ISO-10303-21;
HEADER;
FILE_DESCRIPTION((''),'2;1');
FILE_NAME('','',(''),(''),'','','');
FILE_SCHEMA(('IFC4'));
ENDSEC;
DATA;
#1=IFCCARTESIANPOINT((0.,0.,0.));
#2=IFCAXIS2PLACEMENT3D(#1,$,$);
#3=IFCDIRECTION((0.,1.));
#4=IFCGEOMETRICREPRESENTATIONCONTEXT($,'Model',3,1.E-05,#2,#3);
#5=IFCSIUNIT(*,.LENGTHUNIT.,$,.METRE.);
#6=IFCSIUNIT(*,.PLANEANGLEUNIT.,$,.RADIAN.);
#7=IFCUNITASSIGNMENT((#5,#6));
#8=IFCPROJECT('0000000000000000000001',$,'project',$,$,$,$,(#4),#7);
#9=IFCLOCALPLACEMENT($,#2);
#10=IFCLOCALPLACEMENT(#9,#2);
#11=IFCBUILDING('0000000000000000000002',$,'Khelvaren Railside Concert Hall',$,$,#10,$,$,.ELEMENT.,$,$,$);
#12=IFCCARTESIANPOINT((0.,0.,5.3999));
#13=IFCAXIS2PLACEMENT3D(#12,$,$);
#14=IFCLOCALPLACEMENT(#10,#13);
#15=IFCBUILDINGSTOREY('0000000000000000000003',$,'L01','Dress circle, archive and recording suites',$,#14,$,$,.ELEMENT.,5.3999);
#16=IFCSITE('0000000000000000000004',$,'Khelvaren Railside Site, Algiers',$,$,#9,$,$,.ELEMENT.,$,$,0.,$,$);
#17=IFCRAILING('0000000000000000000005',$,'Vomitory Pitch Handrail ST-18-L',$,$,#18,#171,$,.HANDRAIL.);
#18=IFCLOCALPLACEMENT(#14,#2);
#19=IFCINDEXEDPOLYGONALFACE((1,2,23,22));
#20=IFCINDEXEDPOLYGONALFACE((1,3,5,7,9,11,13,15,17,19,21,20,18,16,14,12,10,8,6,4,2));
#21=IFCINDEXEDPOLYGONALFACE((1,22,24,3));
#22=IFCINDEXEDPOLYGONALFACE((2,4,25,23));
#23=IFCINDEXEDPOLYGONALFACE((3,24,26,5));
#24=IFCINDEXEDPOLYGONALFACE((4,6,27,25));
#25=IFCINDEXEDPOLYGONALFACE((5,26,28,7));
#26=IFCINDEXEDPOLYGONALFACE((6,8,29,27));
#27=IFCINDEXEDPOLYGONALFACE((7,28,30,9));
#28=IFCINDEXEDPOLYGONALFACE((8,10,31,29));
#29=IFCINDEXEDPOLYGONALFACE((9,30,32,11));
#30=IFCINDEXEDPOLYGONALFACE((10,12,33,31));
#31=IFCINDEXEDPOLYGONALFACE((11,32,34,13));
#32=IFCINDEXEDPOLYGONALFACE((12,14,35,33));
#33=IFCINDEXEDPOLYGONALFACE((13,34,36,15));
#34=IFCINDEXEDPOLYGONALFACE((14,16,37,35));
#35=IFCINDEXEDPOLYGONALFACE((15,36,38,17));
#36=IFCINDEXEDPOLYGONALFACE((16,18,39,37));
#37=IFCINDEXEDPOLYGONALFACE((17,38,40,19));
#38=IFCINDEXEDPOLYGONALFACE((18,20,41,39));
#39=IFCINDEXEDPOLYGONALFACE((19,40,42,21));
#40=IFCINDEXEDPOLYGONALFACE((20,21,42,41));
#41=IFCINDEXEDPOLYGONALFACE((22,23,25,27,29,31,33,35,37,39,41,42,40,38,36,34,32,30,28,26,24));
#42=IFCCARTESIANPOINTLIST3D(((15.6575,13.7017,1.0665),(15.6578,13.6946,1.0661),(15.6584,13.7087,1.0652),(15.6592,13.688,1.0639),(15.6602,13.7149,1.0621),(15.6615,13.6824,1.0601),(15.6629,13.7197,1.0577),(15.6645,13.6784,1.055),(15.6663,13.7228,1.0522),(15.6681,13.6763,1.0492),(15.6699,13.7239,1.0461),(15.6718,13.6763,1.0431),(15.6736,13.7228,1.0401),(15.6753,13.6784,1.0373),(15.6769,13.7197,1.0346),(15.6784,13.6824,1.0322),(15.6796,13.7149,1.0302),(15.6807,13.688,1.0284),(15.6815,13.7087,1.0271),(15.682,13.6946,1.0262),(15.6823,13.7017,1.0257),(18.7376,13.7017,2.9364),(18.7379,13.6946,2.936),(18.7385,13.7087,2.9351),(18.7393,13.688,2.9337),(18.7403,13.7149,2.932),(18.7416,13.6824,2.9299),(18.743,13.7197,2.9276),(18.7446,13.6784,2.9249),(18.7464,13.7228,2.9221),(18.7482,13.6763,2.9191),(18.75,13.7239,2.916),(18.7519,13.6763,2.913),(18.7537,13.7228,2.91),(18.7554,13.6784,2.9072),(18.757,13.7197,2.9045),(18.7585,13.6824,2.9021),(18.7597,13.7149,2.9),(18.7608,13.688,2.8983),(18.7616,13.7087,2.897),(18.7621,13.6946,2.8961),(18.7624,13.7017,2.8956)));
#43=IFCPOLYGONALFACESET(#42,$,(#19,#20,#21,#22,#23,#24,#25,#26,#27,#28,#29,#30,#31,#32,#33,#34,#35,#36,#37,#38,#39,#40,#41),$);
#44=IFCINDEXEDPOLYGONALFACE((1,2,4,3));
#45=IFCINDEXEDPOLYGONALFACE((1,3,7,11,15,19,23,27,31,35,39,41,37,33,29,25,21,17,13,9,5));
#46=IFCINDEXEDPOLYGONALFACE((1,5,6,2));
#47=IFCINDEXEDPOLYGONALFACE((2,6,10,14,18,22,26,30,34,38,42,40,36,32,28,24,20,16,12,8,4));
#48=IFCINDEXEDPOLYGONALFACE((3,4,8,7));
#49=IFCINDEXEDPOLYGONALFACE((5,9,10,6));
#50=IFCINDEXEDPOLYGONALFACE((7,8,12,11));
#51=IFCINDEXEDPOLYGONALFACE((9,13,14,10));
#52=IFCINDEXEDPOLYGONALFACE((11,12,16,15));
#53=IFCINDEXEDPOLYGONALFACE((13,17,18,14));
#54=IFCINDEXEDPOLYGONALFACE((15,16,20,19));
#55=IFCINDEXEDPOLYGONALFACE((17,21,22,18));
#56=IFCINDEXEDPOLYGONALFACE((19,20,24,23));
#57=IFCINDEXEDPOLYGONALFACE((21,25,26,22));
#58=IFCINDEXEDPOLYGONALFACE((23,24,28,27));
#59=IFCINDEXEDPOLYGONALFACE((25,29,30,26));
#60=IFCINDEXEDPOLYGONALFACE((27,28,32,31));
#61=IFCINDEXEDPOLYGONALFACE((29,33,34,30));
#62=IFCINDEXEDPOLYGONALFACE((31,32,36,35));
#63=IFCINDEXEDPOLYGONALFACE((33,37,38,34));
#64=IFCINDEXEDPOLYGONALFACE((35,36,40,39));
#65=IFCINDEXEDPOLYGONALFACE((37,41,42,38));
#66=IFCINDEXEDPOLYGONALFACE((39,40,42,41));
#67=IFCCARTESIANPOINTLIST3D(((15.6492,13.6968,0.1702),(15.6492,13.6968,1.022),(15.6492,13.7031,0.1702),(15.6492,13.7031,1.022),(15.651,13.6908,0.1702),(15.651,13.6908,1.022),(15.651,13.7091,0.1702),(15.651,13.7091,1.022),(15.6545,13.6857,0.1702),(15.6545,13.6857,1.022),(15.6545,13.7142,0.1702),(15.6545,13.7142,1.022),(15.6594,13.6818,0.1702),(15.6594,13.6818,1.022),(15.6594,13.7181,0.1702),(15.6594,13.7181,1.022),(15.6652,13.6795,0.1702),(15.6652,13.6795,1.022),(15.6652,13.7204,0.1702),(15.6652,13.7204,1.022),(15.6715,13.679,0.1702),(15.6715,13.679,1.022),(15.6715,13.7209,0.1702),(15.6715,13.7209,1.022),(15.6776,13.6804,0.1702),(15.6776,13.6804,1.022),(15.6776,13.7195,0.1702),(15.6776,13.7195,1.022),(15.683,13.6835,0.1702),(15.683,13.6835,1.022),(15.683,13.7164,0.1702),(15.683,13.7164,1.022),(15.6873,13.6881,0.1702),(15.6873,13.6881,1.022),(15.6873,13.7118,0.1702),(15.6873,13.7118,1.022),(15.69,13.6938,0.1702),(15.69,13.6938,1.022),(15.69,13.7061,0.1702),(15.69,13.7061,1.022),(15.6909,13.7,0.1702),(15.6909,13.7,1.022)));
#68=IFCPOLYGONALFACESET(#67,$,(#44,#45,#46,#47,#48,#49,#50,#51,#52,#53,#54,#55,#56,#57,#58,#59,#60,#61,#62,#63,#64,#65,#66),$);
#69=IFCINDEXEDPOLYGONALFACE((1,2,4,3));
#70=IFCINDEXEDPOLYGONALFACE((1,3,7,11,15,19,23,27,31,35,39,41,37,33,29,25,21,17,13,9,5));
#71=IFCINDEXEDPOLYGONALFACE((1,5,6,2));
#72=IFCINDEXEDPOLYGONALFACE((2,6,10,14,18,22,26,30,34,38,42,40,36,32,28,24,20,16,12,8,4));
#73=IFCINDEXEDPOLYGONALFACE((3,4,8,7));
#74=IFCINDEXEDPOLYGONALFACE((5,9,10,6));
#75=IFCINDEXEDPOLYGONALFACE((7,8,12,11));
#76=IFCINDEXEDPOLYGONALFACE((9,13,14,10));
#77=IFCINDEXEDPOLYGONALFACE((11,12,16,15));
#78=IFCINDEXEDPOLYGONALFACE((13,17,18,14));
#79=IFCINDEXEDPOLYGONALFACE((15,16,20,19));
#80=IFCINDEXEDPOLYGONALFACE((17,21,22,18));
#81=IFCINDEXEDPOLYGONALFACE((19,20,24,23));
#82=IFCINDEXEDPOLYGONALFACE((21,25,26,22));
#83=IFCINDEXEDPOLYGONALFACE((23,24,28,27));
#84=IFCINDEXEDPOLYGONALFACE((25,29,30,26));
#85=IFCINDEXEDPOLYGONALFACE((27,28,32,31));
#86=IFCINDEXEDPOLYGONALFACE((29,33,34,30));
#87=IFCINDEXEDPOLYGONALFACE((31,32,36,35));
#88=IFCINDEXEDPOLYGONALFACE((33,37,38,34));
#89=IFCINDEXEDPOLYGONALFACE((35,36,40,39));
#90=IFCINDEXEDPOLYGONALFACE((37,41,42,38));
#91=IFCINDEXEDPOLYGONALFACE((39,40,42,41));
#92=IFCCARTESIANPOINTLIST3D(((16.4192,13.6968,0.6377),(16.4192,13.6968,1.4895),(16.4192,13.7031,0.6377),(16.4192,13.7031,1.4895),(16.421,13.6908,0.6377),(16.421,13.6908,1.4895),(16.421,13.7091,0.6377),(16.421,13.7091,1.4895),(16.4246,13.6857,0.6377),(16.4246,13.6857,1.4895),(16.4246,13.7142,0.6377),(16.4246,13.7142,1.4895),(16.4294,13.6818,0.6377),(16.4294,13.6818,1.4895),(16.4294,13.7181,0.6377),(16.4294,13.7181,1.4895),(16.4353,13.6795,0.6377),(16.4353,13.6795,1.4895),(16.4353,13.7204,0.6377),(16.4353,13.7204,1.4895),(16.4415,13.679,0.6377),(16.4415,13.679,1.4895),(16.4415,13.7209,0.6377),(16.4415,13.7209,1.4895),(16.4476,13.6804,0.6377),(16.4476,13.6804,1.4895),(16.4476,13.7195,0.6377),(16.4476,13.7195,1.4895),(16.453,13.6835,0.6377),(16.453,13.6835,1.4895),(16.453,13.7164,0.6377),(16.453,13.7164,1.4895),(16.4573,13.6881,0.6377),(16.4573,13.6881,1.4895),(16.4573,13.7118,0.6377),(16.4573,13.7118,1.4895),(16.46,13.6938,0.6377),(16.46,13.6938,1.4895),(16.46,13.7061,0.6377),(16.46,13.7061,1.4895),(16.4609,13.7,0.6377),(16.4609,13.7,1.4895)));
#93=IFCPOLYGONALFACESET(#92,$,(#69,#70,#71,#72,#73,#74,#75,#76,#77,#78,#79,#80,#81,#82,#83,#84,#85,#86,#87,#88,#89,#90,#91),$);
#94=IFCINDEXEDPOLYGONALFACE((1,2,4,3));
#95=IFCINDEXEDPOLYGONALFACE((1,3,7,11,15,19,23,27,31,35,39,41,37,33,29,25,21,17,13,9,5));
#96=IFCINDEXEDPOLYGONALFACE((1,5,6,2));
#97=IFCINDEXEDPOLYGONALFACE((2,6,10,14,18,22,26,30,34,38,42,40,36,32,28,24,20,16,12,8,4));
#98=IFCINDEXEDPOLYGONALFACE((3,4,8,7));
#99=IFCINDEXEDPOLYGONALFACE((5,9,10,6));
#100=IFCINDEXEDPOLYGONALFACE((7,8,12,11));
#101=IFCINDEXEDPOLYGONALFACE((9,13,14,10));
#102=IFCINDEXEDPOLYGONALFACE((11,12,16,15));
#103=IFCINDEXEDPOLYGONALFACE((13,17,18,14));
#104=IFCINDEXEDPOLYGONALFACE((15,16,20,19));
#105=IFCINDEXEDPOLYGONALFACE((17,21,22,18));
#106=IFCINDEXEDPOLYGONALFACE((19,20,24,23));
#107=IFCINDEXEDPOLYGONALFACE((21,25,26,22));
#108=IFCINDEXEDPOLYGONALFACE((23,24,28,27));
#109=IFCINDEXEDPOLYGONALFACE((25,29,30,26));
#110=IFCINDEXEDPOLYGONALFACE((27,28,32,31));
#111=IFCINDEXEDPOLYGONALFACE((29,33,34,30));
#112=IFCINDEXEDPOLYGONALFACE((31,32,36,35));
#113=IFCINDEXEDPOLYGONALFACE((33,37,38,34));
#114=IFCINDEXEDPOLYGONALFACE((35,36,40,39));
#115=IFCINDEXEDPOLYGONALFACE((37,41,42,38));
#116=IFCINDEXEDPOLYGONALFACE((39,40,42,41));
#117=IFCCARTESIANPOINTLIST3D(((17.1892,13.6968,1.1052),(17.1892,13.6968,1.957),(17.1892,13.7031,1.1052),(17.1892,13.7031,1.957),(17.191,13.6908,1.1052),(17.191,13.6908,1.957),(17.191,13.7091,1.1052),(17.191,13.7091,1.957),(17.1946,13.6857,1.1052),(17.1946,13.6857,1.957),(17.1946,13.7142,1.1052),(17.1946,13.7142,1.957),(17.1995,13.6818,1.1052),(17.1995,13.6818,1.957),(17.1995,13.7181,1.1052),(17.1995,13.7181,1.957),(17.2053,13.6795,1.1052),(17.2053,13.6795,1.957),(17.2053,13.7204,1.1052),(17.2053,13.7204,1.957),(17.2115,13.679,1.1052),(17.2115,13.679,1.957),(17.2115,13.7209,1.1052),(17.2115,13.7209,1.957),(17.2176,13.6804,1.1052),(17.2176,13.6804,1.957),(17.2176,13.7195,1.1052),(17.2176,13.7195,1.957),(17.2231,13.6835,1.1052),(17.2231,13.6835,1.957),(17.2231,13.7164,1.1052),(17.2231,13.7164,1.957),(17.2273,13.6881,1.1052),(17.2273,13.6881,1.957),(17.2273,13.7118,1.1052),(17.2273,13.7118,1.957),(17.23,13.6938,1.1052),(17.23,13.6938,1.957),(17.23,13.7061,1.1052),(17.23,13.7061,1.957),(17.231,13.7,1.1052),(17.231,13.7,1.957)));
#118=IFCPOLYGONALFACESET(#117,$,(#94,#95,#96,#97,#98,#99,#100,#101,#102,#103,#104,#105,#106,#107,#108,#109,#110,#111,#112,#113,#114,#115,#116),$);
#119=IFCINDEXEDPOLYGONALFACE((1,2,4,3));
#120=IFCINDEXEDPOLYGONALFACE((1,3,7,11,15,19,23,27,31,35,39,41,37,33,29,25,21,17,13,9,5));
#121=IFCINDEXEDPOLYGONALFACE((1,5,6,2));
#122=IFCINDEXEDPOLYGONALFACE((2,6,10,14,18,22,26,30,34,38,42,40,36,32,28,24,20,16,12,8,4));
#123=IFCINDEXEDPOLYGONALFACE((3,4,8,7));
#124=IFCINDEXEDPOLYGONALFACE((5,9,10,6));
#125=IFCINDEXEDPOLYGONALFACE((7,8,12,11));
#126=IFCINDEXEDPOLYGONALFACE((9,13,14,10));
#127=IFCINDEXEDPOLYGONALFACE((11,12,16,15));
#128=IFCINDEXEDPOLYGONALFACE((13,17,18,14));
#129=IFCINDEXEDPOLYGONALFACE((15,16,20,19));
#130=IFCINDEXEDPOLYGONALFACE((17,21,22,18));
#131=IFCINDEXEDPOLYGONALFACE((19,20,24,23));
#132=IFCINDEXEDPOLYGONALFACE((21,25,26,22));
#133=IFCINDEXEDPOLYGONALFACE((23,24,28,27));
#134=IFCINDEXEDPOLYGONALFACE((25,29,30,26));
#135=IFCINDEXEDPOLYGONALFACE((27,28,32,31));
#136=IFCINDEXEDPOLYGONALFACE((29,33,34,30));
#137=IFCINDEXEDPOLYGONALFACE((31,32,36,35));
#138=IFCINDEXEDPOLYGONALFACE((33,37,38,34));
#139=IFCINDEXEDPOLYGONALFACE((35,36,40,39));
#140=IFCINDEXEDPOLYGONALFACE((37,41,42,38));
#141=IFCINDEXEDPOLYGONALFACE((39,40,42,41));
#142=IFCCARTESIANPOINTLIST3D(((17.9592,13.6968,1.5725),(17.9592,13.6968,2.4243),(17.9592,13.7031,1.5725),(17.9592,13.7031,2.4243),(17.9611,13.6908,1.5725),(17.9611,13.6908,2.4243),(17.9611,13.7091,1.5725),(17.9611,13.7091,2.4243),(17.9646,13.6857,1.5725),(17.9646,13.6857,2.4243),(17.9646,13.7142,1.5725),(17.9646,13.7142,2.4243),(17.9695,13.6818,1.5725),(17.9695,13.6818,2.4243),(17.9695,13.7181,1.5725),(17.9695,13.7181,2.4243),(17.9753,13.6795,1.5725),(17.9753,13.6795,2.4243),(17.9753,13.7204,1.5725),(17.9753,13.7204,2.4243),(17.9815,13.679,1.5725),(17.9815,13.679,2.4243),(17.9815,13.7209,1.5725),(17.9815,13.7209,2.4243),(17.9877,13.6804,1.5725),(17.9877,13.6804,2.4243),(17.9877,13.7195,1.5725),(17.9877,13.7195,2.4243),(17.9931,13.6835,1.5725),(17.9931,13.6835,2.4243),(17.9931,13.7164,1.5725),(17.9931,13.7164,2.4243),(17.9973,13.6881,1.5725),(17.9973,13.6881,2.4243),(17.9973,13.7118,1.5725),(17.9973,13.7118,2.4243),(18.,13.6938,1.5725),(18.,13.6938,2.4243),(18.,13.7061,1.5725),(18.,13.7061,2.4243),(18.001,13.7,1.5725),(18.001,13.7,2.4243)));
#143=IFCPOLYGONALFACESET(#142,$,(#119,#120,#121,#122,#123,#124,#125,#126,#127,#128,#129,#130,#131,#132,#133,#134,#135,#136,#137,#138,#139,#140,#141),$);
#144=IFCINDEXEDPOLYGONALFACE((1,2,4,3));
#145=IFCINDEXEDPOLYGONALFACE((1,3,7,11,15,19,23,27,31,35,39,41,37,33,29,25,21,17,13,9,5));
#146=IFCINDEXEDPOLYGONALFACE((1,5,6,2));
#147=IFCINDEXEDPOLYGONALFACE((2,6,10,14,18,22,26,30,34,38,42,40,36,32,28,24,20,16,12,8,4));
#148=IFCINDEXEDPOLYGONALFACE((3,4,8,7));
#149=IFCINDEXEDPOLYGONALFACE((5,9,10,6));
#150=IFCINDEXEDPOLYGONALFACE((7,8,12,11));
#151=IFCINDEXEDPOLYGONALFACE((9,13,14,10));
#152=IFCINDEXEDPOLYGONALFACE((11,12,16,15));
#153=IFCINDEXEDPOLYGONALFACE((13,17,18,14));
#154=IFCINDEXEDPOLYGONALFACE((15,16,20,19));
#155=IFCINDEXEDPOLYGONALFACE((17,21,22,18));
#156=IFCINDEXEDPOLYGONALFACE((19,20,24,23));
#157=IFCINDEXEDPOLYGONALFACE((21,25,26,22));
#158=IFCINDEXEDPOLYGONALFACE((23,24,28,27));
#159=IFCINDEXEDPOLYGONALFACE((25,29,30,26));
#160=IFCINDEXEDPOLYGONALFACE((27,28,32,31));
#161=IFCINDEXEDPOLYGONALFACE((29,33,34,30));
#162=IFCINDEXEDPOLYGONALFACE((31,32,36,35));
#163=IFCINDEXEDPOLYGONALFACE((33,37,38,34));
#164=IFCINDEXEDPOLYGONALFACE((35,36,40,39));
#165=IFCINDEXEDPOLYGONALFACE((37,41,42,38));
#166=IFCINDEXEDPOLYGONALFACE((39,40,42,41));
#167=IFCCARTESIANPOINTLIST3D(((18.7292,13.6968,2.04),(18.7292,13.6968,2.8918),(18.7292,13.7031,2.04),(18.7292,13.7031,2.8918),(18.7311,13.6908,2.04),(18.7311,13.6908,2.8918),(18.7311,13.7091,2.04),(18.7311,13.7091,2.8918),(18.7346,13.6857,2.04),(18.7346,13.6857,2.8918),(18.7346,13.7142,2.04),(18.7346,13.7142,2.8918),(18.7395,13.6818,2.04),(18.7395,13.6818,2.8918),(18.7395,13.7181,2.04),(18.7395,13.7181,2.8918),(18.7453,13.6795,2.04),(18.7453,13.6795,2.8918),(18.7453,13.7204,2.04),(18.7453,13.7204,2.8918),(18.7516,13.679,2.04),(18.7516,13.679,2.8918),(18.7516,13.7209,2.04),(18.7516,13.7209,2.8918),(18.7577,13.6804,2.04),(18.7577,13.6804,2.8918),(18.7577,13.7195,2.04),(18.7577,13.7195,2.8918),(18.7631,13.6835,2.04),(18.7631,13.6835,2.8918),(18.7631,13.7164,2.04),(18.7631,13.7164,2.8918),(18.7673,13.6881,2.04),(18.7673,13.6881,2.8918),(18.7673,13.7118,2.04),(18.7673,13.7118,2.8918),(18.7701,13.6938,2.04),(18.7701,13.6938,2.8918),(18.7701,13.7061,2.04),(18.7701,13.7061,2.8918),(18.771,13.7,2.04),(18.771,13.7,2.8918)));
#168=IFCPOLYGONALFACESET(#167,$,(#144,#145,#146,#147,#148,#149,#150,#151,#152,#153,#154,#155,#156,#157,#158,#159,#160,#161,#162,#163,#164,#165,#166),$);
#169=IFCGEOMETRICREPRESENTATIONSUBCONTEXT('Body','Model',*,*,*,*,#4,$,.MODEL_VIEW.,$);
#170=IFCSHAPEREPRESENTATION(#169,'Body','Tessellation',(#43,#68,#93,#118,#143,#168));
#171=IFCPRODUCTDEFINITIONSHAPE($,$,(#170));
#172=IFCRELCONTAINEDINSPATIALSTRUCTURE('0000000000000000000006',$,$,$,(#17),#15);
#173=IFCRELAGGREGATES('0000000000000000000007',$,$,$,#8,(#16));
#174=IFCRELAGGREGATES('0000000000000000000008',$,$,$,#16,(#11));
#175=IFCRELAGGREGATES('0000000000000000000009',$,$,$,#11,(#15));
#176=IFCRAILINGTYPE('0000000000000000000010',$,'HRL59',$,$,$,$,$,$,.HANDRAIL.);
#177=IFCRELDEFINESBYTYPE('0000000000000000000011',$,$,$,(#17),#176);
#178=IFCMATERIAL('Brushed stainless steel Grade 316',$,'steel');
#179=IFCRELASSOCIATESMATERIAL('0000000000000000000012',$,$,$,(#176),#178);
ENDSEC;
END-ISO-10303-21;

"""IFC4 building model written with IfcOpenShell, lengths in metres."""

from ifc_helpers import new_model, si_unit, direction, frame, origin, origin_2d, place, context, subcontext, project, spatial, circle, extrude, material, type_object, element, save


model = new_model("IFC4")

# Units and contexts
model_context = context("Model", 3, precision=1e-05, world=origin(), true_north=direction((0.0, 1.0)))
body_context = subcontext(model_context, "Body", "Model", "MODEL_VIEW")
ifc_project = project(units=[si_unit("LENGTHUNIT", "METRE"), si_unit("PLANEANGLEUNIT", "RADIAN")], contexts=[model_context])

# Site, building, storey
site_placement = place(None, origin())
site = spatial("IfcSite", under=ifc_project, at=site_placement, Name="Khelvaren Railside Site, Algiers", CompositionType="ELEMENT", RefElevation=0.0)
building_placement = place(site_placement, origin())
building = spatial("IfcBuilding", under=site, at=building_placement, Name="Khelvaren Railside Concert Hall", CompositionType="ELEMENT")
storey_placement = place(building_placement, frame((0.0, 0.0, 5.3999)))
storey = spatial("IfcBuildingStorey", under=building, at=storey_placement, Name="L01", Description="Dress circle, archive and recording suites", CompositionType="ELEMENT", Elevation=5.3999)

# Railing
ifc_material_1 = material(Name="Brushed stainless steel Grade 316", Category="steel")
railing_type_1 = type_object("IfcRailingType", Name="HRL59", PredefinedType="HANDRAIL", material=ifc_material_1)
for number, where, name in (
    (1, (15.6699, 13.7, 0.1702), "Vomitory Pitch Handrail ST-18-L"),
):
    element("IfcRailing", number, at=place(storey_placement, frame(where)), inside=storey, type_object=railing_type_1, Name=name, PredefinedType="HANDRAIL", context=body_context, shape_type="SweptSolid", body=[
        extrude(circle(Radius=0.0239, at=origin_2d()), frame((0.0, 0.0, 0.876), z_axis=(0.854809, 0.0, 0.518943), x_axis=(0.0, 1.0, 0.0)), (0.0, 0.0, 1.0), 3.6033),
        extrude(circle(Radius=0.021, at=origin_2d()), origin(), (0.0, 0.0, 1.0), 0.8518),
        extrude(circle(Radius=0.021, at=origin_2d()), frame((0.77, 0.0, 0.4675)), (0.0, 0.0, 1.0), 0.8518),
        extrude(circle(Radius=0.021, at=origin_2d()), frame((1.54, 0.0, 0.9351)), (0.0, 0.0, 1.0), 0.8518),
        extrude(circle(Radius=0.021, at=origin_2d()), frame((2.3101, 0.0, 1.4023)), (0.0, 0.0, 1.0), 0.8518),
        extrude(circle(Radius=0.021, at=origin_2d()), frame((3.0801, 0.0, 1.8699)), (0.0, 0.0, 1.0), 0.8518),
    ])

save(model, "model.ifc")
